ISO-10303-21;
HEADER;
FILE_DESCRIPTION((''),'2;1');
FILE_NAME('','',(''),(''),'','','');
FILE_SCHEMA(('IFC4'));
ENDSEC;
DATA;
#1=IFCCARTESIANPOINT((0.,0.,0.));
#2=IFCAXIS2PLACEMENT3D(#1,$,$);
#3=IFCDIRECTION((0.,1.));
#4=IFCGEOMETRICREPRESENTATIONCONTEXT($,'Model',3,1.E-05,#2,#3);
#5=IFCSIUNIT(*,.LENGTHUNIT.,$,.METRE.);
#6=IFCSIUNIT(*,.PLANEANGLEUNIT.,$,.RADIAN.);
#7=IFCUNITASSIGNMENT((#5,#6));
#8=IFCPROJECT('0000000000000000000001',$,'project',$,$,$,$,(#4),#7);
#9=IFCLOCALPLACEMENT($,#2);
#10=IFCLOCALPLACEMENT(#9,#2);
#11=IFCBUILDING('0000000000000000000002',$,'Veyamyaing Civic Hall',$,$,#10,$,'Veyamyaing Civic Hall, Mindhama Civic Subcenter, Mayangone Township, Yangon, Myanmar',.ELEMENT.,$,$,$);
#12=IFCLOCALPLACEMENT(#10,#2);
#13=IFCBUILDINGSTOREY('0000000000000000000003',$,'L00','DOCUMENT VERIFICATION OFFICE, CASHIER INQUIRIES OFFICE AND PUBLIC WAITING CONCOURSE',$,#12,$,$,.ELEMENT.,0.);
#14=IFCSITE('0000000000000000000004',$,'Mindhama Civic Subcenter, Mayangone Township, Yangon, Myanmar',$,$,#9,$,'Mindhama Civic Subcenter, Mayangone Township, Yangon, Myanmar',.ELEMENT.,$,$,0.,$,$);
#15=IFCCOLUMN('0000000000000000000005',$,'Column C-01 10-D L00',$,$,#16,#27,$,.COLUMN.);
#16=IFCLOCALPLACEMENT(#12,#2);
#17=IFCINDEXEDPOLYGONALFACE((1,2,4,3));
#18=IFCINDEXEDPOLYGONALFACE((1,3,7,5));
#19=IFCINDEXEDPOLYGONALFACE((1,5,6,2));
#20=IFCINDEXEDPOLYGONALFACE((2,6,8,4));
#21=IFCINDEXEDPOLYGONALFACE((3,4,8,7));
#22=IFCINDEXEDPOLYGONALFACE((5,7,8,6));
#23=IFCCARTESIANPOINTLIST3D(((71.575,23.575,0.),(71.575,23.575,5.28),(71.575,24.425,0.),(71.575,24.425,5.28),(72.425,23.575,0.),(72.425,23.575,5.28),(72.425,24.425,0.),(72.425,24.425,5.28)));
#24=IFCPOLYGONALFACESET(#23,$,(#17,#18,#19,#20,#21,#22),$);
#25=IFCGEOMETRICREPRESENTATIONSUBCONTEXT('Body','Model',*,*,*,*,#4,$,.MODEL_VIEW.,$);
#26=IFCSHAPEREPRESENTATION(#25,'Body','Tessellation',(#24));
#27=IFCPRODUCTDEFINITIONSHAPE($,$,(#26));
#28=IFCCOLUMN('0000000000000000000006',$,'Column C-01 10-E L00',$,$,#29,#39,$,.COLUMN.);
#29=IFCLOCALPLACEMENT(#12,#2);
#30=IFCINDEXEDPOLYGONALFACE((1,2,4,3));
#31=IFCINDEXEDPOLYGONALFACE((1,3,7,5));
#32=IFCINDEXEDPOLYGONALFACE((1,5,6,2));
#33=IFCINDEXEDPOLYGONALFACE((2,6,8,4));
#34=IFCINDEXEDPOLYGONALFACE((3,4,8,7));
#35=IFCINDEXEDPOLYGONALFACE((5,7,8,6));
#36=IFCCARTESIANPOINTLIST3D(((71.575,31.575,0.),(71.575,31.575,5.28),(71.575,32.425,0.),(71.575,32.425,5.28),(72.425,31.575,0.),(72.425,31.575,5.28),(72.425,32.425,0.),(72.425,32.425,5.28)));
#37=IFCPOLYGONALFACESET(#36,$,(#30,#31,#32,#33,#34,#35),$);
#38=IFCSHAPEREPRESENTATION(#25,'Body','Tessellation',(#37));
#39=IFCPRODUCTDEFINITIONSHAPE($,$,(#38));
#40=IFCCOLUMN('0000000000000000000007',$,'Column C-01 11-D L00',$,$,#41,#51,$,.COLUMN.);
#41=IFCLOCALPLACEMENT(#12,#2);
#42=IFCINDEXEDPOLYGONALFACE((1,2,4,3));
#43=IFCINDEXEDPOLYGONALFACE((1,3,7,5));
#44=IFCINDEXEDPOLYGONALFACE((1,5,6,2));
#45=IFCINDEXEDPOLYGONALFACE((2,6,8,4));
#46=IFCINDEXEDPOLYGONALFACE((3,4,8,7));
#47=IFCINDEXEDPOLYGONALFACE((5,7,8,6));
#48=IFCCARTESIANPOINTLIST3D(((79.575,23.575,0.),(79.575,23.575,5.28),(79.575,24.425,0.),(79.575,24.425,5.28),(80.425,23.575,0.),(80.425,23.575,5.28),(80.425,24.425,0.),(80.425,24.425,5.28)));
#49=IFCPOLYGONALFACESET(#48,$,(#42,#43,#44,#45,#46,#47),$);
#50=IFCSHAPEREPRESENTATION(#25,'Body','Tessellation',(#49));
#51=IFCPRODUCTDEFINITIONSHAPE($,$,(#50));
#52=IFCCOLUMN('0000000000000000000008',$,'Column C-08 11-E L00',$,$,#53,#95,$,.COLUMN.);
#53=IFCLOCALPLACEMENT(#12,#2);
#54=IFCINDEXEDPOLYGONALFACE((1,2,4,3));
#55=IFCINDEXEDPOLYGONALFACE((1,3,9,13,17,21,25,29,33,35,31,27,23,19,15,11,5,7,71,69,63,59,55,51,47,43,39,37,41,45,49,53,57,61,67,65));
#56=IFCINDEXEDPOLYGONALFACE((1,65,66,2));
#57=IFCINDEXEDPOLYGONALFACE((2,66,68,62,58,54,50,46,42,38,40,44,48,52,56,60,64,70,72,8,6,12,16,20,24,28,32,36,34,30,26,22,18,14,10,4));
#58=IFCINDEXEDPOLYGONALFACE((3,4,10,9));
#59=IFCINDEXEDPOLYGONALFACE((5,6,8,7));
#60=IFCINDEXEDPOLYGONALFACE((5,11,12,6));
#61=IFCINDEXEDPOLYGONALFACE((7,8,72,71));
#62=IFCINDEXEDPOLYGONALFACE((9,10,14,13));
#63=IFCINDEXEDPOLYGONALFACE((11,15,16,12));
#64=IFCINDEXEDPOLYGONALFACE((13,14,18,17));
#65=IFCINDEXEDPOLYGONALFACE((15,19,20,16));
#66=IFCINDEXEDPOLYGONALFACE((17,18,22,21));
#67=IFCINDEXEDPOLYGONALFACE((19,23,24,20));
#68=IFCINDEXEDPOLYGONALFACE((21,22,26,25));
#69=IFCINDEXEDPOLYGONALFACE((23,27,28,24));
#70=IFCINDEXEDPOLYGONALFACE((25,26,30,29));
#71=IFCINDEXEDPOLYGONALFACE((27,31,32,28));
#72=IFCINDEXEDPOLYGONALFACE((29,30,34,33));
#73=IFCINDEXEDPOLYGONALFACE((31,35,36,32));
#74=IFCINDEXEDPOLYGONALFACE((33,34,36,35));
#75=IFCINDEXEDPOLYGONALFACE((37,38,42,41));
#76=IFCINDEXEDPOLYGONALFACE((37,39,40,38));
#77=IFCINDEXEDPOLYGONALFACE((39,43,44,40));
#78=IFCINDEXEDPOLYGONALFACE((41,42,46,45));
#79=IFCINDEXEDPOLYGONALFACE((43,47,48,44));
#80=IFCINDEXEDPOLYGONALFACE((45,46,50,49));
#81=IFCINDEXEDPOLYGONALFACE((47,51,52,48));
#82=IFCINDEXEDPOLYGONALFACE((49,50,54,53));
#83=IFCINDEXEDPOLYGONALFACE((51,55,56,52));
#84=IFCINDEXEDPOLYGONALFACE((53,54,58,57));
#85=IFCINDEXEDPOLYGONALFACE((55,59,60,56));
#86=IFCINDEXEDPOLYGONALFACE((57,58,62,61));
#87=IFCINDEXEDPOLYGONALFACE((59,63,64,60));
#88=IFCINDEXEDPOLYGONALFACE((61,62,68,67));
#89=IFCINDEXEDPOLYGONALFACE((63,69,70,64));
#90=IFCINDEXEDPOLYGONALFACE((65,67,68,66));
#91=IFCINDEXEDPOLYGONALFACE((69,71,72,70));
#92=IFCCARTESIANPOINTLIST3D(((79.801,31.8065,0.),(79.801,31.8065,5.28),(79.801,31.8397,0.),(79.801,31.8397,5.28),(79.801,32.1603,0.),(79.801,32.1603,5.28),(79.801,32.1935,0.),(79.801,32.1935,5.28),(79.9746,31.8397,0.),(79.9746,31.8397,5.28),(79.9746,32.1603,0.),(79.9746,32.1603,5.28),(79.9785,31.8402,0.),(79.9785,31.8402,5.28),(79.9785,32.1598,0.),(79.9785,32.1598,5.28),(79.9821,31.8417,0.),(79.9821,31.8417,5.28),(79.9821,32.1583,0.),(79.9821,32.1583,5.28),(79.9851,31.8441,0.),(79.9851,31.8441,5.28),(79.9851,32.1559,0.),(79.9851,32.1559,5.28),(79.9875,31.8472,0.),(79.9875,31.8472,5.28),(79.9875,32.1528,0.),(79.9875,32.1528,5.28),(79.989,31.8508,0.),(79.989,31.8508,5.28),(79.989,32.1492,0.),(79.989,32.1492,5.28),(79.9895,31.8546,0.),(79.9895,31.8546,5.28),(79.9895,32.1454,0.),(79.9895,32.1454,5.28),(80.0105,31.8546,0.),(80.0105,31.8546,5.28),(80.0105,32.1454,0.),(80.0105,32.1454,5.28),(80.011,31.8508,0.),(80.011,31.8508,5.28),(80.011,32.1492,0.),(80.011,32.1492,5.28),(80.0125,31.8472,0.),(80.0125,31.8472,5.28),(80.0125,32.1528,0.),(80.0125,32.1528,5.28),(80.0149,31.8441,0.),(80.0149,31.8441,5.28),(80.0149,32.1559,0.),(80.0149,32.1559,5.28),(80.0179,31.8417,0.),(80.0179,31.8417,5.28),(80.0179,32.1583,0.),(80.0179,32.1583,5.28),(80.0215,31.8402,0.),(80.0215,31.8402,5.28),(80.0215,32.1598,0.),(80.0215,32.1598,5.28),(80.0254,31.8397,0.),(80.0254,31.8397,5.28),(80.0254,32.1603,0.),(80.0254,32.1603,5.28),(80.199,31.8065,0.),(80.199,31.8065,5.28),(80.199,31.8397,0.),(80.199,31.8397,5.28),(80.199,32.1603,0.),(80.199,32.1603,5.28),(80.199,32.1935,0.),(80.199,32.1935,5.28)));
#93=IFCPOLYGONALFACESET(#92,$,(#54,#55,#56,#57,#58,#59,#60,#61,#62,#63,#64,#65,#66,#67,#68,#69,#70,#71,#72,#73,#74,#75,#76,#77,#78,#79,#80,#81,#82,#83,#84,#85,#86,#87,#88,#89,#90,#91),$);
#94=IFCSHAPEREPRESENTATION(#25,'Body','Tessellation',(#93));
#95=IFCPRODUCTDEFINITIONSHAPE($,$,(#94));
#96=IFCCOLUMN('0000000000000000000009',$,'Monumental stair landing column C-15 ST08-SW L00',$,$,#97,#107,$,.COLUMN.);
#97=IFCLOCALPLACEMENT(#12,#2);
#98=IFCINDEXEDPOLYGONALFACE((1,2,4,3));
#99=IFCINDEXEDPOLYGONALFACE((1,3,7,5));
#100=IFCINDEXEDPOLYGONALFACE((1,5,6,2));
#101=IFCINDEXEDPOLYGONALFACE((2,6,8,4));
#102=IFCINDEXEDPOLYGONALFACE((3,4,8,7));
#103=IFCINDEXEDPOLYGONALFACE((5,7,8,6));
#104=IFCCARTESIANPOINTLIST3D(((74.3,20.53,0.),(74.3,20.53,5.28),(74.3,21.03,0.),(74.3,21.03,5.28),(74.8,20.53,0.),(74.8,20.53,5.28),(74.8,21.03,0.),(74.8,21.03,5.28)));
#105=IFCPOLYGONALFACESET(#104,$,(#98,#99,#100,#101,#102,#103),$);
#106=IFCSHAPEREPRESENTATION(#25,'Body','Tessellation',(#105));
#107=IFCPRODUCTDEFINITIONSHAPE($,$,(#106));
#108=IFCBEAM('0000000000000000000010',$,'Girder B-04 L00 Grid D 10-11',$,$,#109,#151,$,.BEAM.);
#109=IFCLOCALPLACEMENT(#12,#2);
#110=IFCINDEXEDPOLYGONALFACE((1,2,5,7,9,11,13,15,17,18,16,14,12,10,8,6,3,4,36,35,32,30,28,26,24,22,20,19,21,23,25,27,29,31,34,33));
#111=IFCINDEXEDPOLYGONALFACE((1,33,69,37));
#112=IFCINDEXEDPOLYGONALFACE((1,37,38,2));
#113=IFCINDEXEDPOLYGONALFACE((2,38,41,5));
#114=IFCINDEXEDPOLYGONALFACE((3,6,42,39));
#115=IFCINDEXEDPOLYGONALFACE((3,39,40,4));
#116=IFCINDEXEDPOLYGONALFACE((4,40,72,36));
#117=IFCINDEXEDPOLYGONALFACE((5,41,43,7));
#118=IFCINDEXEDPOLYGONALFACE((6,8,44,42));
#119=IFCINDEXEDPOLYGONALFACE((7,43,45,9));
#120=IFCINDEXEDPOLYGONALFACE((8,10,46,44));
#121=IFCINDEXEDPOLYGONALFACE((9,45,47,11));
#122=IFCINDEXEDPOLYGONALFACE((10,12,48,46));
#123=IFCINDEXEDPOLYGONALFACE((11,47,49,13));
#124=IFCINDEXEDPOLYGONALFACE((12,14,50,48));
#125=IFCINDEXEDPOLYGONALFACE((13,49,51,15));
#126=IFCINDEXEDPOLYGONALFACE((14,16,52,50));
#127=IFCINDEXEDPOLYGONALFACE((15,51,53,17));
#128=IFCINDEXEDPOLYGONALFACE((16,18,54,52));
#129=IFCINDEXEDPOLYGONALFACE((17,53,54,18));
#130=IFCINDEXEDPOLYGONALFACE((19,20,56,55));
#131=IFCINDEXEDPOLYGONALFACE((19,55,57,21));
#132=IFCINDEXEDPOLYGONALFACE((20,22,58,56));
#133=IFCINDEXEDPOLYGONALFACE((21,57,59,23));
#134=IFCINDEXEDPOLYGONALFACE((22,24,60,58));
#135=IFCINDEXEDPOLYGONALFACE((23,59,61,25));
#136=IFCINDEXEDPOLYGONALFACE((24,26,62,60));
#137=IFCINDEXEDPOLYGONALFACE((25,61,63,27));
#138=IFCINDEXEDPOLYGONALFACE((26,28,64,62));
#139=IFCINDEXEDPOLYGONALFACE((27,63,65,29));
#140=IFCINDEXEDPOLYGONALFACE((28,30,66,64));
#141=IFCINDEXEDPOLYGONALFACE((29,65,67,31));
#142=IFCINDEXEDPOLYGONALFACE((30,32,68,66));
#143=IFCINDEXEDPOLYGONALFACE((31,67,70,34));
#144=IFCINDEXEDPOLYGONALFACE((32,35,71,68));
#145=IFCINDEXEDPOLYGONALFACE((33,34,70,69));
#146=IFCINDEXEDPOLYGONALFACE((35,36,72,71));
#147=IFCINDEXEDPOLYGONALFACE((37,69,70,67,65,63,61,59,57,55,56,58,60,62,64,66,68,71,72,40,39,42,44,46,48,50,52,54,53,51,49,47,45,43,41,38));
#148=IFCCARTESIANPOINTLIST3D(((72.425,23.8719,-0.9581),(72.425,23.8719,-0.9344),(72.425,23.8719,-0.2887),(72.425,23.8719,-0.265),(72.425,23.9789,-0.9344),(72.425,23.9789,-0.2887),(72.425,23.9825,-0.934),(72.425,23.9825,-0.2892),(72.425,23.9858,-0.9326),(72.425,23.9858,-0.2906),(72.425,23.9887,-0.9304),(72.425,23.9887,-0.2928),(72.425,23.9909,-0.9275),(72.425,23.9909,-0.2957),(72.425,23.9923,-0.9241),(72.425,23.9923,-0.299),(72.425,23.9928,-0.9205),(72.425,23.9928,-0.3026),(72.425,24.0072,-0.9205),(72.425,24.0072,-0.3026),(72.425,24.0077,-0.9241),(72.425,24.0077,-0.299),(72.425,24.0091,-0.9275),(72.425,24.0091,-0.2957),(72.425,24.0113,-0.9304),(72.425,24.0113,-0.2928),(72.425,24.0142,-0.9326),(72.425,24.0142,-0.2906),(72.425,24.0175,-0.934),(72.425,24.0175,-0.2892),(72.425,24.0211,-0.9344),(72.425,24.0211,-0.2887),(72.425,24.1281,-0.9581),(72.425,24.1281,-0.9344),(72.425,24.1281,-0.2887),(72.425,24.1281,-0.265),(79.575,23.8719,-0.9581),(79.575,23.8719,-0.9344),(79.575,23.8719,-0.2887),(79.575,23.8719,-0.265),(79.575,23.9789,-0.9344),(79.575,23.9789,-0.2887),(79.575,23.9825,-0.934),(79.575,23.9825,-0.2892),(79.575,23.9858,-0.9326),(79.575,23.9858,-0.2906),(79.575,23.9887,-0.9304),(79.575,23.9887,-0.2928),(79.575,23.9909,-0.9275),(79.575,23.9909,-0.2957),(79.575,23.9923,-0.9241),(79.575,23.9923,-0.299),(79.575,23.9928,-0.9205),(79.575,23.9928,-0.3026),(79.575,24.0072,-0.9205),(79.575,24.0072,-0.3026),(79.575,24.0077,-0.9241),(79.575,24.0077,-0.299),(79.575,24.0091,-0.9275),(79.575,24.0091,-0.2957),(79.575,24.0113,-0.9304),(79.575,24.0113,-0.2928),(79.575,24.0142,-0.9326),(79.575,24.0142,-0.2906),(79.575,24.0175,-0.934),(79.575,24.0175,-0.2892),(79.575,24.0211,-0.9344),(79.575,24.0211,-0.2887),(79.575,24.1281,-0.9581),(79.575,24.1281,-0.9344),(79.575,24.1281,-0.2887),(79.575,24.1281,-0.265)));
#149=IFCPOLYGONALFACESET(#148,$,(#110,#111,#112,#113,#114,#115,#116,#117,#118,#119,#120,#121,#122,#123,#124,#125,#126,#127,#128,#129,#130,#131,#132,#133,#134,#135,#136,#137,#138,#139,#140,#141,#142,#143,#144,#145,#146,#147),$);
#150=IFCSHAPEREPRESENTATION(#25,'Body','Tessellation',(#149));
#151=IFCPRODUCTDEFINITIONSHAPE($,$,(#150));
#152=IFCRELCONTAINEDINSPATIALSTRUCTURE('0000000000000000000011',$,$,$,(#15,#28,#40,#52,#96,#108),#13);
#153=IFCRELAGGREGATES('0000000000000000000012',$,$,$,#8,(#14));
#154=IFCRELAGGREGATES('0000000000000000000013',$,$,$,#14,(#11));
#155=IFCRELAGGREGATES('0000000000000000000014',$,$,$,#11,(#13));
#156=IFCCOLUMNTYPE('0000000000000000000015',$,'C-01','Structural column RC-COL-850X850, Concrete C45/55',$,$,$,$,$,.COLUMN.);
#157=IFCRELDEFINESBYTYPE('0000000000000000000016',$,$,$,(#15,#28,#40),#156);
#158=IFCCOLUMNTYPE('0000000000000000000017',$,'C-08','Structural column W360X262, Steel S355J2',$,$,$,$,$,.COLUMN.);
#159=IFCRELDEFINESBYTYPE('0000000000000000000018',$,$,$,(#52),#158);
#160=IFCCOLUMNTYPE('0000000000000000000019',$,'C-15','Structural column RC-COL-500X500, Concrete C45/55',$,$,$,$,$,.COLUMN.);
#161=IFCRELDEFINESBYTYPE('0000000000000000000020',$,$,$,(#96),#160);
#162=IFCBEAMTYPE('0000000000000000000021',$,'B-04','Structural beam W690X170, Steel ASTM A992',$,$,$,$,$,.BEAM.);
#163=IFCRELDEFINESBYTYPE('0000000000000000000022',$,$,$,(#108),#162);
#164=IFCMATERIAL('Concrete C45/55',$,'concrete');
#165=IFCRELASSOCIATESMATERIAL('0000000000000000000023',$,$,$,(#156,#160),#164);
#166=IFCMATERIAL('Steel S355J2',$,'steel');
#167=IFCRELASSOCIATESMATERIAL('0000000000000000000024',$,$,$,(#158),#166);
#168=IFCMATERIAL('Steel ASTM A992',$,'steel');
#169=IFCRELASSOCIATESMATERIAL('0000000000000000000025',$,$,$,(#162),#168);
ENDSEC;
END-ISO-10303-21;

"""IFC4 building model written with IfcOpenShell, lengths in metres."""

from ifc_helpers import new_model, si_unit, direction, frame, origin, origin_2d, place, context, subcontext, project, spatial, rectangle, i_section, extrude, material, material_profile, profile_set, type_object, element, save


model = new_model("IFC4")

# Units and contexts
model_context = context("Model", 3, precision=1e-05, world=origin(), true_north=direction((0.0, 1.0)))
body_context = subcontext(model_context, "Body", "Model", "MODEL_VIEW")
ifc_project = project(units=[si_unit("LENGTHUNIT", "METRE"), si_unit("PLANEANGLEUNIT", "RADIAN")], contexts=[model_context])

# Site, building, storey
site_placement = place(None, origin())
site = spatial("IfcSite", under=ifc_project, at=site_placement, Name="Mindhama Civic Subcenter, Mayangone Township, Yangon, Myanmar", LongName="Mindhama Civic Subcenter, Mayangone Township, Yangon, Myanmar", CompositionType="ELEMENT", RefElevation=0.0)
building_placement = place(site_placement, origin())
building = spatial("IfcBuilding", under=site, at=building_placement, Name="Veyamyaing Civic Hall", LongName="Veyamyaing Civic Hall, Mindhama Civic Subcenter, Mayangone Township, Yangon, Myanmar", CompositionType="ELEMENT")
storey_placement = place(building_placement, origin())
storey = spatial("IfcBuildingStorey", under=building, at=storey_placement, Name="L00", Description="DOCUMENT VERIFICATION OFFICE, CASHIER INQUIRIES OFFICE AND PUBLIC WAITING CONCOURSE", CompositionType="ELEMENT", Elevation=0.0)

# Columns
ifc_material_1 = material(Name="Concrete C45/55", Category="concrete")
ifc_material_profile_1 = material_profile(ifc_material_1, rectangle(XDim=0.8501, YDim=0.8501, at=origin_2d()), Name="RC-COL-850X850")
ifc_profile_set_1 = profile_set([ifc_material_profile_1], Name="Concrete C45/55")
column_type_1 = type_object("IfcColumnType", Name="C-01", Description="Structural column RC-COL-850X850, Concrete C45/55", PredefinedType="COLUMN", material=ifc_profile_set_1)
for number, where, z_axis, x_axis, name in (
    (1, (72.0, 24.0, 0.0), (0.0, 0.0, 1.0), (1.0, 0.0, 0.0), "Column C-01 10-D L00"),
    (2, (72.0, 32.0, 0.0), (0.0, 0.0, 1.0), (1.0, 0.0, 0.0), "Column C-01 10-E L00"),
    (3, (80.0, 24.0, 0.0), (0.0, 0.0, 1.0), (1.0, 0.0, 0.0), "Column C-01 11-D L00"),
):
    element("IfcColumn", number, at=place(storey_placement, frame(where, z_axis=z_axis, x_axis=x_axis)), inside=storey, type_object=column_type_1, Name=name, PredefinedType="COLUMN", context=body_context, shape_type="SweptSolid", body=[
        extrude(rectangle(XDim=0.8501, YDim=0.8501, at=origin_2d()), origin(), (0.0, 0.0, 1.0), 5.28),
    ])
ifc_material_2 = material(Name="Steel S355J2", Category="steel")
ifc_material_profile_2 = material_profile(ifc_material_2, i_section(OverallWidth=0.3979, OverallDepth=0.387, WebThickness=0.021, FlangeThickness=0.0332, FilletRadius=0.0149, at=origin_2d()), Name="W360X262")
ifc_profile_set_2 = profile_set([ifc_material_profile_2], Name="Steel S355J2")
column_type_2 = type_object("IfcColumnType", Name="C-08", Description="Structural column W360X262, Steel S355J2", PredefinedType="COLUMN", material=ifc_profile_set_2)
column_1_placement = place(storey_placement, frame((80.0, 32.0, 0.0), z_axis=(0.0, 0.0, 1.0), x_axis=(1.0, 0.0, 0.0)))
element("IfcColumn", 4, at=column_1_placement, inside=storey, type_object=column_type_2, Name="Column C-08 11-E L00", PredefinedType="COLUMN", context=body_context, shape_type="SweptSolid", body=[
    extrude(i_section(OverallWidth=0.3979, OverallDepth=0.387, WebThickness=0.021, FlangeThickness=0.0332, FilletRadius=0.0149, at=origin_2d()), origin(), (0.0, 0.0, 1.0), 5.28),
])
ifc_material_profile_3 = material_profile(ifc_material_1, rectangle(XDim=0.5, YDim=0.5, at=origin_2d()), Name="RC-COL-500X500")
ifc_profile_set_3 = profile_set([ifc_material_profile_3], Name="Concrete C45/55")
column_type_3 = type_object("IfcColumnType", Name="C-15", Description="Structural column RC-COL-500X500, Concrete C45/55", PredefinedType="COLUMN", material=ifc_profile_set_3)
column_2_placement = place(storey_placement, frame((74.55, 20.78, 0.0), z_axis=(0.0, 0.0, 1.0), x_axis=(1.0, 0.0, 0.0)))
element("IfcColumn", 5, at=column_2_placement, inside=storey, type_object=column_type_3, Name="Monumental stair landing column C-15 ST08-SW L00", PredefinedType="COLUMN", context=body_context, shape_type="SweptSolid", body=[
    extrude(rectangle(XDim=0.5, YDim=0.5, at=origin_2d()), origin(), (0.0, 0.0, 1.0), 5.28),
])

# Beam
ifc_material_3 = material(Name="Steel ASTM A992", Category="steel")
ifc_material_profile_4 = material_profile(ifc_material_3, i_section(OverallWidth=0.2561, OverallDepth=0.6931, WebThickness=0.0144, FlangeThickness=0.0237, FilletRadius=0.0139, at=origin_2d()), Name="W690X170")
ifc_profile_set_4 = profile_set([ifc_material_profile_4], Name="Steel ASTM A992")
beam_type_1 = type_object("IfcBeamType", Name="B-04", Description="Structural beam W690X170, Steel ASTM A992", PredefinedType="BEAM", material=ifc_profile_set_4)
beam_1_placement = place(storey_placement, frame((72.425, 24.0, -0.6116), z_axis=(1.0, 0.0, 0.0), x_axis=(0.0, 1.0, 0.0)))
element("IfcBeam", 6, at=beam_1_placement, inside=storey, type_object=beam_type_1, Name="Girder B-04 L00 Grid D 10-11", PredefinedType="BEAM", context=body_context, shape_type="SweptSolid", body=[
    extrude(i_section(OverallWidth=0.2561, OverallDepth=0.6931, WebThickness=0.0144, FlangeThickness=0.0237, FilletRadius=0.0139, at=origin_2d()), origin(), (0.0, 0.0, 1.0), 7.1499),
])

save(model, "model.ifc")
